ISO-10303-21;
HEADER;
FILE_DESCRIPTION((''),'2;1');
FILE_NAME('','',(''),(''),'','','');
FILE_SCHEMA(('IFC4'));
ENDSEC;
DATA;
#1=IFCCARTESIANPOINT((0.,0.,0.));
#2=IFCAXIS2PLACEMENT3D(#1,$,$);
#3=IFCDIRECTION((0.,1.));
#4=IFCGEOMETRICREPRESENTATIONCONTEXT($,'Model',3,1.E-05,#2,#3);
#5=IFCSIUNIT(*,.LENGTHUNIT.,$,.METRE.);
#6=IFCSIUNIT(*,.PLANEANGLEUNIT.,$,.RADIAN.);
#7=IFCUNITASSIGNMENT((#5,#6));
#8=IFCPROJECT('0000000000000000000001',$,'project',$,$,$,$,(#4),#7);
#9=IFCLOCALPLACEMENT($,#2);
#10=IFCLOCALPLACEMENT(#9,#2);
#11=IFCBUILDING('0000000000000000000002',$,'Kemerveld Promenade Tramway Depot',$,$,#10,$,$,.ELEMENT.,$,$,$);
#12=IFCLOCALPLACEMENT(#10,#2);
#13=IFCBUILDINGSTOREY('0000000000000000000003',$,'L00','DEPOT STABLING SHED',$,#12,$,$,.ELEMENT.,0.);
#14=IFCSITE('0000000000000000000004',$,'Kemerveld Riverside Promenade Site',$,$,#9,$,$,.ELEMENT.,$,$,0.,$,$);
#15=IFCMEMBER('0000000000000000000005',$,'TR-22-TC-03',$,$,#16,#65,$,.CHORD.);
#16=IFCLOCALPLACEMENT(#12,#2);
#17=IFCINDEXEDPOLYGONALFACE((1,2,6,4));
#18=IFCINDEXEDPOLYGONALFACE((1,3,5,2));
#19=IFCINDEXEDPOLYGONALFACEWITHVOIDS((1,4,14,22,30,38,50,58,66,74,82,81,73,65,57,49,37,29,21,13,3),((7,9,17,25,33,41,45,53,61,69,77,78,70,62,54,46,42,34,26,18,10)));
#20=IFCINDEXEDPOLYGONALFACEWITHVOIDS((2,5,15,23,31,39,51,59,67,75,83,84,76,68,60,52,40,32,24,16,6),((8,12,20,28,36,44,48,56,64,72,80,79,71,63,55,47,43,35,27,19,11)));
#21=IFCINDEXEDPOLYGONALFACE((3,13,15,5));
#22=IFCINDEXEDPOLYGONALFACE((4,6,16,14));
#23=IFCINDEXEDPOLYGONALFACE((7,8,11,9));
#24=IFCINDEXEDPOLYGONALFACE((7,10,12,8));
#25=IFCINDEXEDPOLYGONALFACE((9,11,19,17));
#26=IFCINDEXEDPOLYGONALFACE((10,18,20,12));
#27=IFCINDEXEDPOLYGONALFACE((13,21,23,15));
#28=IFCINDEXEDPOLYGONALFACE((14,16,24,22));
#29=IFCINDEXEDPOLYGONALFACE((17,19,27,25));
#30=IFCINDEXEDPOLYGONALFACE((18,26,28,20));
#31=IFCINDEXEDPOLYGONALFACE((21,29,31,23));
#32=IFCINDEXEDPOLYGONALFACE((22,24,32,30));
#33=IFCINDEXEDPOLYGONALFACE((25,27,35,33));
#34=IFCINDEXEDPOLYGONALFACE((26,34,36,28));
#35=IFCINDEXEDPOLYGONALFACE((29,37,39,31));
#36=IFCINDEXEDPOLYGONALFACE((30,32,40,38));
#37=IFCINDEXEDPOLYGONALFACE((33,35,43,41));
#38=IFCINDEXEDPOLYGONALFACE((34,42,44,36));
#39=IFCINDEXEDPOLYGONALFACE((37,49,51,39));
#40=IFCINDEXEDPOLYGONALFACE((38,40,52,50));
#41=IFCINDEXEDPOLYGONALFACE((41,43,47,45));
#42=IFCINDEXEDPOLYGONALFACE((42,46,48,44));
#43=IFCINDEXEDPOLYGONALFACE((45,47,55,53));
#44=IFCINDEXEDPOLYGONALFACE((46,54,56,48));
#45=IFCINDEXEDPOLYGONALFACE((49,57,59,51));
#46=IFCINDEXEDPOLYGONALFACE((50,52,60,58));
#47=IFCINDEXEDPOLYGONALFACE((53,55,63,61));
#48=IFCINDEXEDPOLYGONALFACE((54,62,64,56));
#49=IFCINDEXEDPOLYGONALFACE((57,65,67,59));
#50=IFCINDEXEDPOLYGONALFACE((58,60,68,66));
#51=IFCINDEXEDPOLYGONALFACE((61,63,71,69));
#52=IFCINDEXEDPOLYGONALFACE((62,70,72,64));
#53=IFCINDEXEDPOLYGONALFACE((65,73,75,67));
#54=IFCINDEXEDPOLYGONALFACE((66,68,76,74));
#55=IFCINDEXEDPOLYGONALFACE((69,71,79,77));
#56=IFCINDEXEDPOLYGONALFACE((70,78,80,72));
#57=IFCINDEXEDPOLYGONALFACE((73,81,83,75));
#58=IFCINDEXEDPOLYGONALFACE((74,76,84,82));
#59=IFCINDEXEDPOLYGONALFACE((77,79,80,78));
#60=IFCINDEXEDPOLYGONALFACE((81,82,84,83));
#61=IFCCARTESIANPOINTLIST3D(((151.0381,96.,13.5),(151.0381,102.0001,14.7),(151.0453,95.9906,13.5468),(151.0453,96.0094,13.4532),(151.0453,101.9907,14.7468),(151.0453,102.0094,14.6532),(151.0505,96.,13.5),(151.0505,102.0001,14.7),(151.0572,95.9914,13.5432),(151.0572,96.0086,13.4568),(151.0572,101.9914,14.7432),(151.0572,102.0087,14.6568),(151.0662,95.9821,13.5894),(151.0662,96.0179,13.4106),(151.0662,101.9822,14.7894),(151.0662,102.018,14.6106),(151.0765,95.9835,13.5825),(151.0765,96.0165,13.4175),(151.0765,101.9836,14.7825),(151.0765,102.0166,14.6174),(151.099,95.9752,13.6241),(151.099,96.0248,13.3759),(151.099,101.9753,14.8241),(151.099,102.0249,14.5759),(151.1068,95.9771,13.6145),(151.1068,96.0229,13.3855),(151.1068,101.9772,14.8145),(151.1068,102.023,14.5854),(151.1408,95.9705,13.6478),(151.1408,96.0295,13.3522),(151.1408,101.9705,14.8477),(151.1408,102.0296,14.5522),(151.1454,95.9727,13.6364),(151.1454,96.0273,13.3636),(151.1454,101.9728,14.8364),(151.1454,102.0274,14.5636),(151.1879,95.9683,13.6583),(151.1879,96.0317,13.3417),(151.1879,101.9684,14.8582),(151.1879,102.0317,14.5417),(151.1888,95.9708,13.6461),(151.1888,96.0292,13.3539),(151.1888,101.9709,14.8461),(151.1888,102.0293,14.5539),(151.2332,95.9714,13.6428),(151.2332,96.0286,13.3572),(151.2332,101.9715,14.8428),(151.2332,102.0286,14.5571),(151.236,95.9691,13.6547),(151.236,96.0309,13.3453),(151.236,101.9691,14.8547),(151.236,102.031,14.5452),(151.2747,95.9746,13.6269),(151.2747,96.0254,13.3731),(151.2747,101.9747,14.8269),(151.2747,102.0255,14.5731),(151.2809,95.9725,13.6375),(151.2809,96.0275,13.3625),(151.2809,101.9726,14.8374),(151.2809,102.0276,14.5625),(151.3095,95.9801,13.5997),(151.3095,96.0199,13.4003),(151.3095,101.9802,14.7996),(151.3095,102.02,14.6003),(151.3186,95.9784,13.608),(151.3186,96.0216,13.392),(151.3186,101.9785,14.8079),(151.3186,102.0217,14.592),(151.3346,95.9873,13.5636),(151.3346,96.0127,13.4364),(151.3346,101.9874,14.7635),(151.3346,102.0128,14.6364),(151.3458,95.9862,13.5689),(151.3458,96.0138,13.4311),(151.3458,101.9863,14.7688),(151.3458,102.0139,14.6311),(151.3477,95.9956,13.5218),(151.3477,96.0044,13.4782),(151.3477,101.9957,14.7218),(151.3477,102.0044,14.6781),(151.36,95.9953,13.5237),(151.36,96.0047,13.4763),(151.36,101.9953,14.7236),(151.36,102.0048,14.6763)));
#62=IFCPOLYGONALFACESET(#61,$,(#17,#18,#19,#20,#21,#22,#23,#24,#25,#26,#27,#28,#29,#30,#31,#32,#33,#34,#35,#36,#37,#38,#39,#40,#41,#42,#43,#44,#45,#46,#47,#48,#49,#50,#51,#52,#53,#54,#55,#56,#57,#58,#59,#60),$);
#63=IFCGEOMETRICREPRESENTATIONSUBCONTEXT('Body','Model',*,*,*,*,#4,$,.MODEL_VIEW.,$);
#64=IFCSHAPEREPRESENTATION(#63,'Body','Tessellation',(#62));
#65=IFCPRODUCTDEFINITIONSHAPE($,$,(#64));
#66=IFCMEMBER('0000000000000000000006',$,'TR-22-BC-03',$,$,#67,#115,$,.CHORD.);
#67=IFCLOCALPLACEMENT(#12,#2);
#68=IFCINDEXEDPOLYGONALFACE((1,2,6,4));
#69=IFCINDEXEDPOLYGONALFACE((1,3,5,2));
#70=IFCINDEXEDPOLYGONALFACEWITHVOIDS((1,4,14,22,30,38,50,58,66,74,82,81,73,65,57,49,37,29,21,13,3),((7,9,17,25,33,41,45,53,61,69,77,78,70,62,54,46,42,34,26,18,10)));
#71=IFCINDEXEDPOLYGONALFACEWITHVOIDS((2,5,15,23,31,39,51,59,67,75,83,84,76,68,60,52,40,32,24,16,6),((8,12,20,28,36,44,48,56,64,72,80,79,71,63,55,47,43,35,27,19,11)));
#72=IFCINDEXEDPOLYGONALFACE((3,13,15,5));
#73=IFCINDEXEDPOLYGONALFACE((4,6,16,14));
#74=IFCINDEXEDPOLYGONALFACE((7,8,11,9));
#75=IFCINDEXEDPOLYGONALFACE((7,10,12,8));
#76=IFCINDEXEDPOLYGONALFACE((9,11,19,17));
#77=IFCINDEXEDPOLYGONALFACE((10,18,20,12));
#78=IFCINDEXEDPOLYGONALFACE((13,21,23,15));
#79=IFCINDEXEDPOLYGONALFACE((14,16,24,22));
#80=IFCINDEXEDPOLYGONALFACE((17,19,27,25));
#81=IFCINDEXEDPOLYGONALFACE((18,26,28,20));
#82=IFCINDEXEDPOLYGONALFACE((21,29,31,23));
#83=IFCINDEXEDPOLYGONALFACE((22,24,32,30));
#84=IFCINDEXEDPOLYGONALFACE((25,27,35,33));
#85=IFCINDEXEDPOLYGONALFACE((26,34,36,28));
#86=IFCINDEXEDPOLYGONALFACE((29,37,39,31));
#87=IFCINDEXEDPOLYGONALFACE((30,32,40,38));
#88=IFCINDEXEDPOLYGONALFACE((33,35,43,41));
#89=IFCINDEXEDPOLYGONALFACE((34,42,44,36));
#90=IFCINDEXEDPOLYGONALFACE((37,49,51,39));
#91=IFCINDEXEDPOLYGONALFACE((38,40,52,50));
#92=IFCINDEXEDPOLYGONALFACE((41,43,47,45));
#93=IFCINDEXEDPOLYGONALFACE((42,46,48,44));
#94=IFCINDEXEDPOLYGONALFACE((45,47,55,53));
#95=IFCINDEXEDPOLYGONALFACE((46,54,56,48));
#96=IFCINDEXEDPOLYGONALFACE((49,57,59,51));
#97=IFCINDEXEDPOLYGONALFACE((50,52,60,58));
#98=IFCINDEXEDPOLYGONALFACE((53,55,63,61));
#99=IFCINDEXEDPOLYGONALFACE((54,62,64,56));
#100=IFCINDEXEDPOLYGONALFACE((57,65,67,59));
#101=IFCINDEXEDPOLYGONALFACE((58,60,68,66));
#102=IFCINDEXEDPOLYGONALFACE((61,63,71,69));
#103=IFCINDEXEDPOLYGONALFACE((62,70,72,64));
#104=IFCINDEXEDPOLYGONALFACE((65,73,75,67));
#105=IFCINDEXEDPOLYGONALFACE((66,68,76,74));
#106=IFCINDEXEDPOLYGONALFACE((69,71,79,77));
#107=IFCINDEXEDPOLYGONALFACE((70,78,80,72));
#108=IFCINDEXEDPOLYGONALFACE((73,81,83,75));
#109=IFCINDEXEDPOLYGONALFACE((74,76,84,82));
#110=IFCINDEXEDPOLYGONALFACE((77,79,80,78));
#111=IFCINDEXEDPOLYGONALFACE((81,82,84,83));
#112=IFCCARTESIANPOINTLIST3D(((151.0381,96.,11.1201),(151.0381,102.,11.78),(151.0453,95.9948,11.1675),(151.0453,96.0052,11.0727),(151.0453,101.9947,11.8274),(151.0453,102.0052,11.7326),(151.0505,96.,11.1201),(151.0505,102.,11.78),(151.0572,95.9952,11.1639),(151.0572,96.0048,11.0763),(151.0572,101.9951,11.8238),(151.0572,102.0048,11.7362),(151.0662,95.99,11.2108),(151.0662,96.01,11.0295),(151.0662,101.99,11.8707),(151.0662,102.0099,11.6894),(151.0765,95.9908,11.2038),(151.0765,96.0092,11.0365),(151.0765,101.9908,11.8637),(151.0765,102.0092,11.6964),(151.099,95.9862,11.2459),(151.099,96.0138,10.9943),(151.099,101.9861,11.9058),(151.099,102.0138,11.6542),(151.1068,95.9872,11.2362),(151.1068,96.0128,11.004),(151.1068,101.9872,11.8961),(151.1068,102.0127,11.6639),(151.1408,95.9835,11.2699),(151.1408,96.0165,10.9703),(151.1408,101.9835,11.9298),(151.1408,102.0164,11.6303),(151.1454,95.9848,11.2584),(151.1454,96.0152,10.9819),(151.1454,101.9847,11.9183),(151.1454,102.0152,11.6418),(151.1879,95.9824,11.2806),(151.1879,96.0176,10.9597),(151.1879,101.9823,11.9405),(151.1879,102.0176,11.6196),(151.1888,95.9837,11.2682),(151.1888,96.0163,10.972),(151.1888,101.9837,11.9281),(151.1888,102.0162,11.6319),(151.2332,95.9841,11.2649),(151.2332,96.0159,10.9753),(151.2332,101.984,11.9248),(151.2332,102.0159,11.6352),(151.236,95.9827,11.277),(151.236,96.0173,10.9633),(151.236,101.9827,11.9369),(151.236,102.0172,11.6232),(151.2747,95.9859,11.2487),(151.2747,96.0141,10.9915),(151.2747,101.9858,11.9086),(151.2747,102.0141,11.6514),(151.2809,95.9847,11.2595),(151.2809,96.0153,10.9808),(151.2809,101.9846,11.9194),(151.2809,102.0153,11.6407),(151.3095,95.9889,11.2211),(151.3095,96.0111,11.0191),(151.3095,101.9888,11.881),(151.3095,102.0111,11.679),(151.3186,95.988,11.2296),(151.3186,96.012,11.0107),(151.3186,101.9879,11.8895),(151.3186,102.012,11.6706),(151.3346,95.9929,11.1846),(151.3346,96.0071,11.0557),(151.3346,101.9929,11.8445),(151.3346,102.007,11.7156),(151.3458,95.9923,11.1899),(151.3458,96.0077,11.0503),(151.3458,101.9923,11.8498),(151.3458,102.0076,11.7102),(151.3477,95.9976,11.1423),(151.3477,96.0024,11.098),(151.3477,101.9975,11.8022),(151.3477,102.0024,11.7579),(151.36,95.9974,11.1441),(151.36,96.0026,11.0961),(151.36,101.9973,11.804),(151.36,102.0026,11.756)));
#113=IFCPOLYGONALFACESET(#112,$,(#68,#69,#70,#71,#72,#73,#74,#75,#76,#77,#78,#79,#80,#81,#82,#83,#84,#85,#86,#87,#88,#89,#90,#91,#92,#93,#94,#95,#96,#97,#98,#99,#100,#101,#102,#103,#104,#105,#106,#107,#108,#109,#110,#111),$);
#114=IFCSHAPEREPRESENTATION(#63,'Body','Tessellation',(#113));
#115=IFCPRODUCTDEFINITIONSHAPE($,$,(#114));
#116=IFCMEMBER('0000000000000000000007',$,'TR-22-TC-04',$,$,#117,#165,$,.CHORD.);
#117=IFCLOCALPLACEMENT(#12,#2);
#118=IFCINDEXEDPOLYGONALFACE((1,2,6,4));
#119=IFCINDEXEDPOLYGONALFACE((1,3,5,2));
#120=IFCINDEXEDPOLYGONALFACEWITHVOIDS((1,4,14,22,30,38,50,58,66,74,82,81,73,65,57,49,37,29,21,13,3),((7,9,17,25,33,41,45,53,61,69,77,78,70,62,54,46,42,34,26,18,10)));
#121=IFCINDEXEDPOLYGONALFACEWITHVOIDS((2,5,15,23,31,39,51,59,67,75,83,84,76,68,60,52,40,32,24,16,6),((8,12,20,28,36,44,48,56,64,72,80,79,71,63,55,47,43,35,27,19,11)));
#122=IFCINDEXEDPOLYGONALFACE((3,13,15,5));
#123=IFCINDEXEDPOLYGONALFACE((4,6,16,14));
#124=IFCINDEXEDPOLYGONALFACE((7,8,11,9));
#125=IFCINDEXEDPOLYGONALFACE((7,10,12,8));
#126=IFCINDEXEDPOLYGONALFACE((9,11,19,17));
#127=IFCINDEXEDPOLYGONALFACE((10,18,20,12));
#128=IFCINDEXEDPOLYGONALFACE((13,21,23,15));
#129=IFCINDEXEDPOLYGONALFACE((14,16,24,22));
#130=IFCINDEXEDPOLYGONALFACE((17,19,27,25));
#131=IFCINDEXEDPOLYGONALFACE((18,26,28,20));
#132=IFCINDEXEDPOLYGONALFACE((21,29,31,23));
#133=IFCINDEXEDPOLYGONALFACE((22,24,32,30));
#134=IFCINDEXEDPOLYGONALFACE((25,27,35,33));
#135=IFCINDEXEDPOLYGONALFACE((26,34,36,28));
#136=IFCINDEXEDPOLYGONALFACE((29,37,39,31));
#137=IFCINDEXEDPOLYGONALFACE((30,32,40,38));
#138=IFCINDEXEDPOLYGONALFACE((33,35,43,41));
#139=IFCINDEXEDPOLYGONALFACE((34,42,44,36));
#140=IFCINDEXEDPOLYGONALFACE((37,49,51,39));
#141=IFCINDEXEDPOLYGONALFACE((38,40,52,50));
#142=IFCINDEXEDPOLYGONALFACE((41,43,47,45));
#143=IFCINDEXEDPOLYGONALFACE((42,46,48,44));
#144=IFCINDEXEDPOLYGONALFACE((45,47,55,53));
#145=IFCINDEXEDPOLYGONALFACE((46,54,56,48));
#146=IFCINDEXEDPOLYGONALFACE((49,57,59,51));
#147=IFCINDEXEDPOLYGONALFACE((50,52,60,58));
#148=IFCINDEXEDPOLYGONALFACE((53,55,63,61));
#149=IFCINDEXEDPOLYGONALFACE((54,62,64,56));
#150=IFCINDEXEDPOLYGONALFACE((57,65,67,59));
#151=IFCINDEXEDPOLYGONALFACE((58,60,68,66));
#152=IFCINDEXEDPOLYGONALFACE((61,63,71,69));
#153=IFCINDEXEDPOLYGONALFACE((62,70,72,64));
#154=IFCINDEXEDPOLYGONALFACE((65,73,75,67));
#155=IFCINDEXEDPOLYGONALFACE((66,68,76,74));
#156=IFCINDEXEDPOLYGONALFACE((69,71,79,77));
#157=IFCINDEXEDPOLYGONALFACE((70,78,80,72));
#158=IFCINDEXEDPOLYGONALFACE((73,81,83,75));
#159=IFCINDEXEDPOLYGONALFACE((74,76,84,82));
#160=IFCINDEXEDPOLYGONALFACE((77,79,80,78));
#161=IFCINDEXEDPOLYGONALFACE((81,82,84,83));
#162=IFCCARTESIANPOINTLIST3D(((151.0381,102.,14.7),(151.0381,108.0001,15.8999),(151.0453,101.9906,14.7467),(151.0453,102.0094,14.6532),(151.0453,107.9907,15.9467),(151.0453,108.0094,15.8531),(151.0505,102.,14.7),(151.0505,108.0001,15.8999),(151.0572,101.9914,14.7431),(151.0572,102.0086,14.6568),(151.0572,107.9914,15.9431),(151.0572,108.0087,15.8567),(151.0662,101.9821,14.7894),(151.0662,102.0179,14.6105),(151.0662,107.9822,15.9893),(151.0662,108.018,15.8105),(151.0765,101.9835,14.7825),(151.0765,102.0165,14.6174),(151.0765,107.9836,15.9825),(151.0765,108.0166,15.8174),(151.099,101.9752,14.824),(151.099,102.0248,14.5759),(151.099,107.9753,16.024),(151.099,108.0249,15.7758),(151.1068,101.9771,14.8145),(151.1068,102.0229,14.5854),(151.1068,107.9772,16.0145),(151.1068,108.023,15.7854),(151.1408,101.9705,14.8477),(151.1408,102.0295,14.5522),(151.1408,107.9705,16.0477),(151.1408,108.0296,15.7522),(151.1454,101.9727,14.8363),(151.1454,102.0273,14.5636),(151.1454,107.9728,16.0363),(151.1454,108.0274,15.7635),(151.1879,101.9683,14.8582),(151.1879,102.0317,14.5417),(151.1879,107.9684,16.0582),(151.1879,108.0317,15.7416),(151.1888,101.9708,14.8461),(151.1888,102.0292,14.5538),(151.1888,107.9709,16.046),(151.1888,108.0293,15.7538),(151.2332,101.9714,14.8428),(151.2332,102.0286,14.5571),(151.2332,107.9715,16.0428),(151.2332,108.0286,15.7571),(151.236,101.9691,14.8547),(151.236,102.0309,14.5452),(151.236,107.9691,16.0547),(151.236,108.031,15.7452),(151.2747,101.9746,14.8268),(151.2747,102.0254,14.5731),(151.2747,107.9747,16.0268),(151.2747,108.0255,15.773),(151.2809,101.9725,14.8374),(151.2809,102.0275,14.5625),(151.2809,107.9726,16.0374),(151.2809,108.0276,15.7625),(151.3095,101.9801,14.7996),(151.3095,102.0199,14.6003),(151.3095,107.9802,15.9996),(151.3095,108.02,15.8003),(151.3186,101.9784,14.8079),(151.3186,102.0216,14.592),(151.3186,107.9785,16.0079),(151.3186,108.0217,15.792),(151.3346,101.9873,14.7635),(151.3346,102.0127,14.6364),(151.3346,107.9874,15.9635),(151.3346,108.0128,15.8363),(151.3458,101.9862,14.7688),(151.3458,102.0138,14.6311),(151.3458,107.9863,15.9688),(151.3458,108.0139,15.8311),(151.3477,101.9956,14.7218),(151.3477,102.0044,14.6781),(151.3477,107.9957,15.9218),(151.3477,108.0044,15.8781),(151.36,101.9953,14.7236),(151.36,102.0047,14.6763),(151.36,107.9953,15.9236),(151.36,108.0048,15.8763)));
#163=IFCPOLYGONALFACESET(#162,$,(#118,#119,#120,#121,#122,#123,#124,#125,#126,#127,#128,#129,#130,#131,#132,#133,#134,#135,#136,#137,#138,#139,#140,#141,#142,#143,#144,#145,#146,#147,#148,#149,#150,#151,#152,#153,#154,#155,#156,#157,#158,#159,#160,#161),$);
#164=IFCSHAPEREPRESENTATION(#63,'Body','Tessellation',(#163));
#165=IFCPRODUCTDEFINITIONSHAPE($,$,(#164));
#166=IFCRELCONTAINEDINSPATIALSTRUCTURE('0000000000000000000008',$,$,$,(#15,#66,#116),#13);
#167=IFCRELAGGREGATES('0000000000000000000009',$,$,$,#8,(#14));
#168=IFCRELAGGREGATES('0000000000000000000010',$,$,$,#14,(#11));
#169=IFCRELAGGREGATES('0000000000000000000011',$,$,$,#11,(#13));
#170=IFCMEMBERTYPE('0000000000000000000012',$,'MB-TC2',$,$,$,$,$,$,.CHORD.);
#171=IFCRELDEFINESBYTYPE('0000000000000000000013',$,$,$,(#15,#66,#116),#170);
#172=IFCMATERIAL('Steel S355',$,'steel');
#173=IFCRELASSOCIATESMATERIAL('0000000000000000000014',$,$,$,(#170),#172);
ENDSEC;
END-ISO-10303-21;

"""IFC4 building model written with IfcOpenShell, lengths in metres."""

from ifc_helpers import new_model, si_unit, direction, frame, origin, origin_2d, place, context, subcontext, project, spatial, hollow_circle, extrude, material, material_profile, profile_set, type_object, element, save


model = new_model("IFC4")

# Units and contexts
model_context = context("Model", 3, precision=1e-05, world=origin(), true_north=direction((0.0, 1.0)))
body_context = subcontext(model_context, "Body", "Model", "MODEL_VIEW")
ifc_project = project(units=[si_unit("LENGTHUNIT", "METRE"), si_unit("PLANEANGLEUNIT", "RADIAN")], contexts=[model_context])

# Site, building, storey
site_placement = place(None, origin())
site = spatial("IfcSite", under=ifc_project, at=site_placement, Name="Kemerveld Riverside Promenade Site", CompositionType="ELEMENT", RefElevation=0.0)
building_placement = place(site_placement, origin())
building = spatial("IfcBuilding", under=site, at=building_placement, Name="Kemerveld Promenade Tramway Depot", CompositionType="ELEMENT")
storey_placement = place(building_placement, origin())
storey = spatial("IfcBuildingStorey", under=building, at=storey_placement, Name="L00", Description="DEPOT STABLING SHED", CompositionType="ELEMENT", Elevation=0.0)

# Members
ifc_material_1 = material(Name="Steel S355", Category="steel")
ifc_material_profile_1 = material_profile(ifc_material_1, hollow_circle(Radius=0.1619, WallThickness=0.0125, at=origin_2d()), Name="323.9x12.5 CHS")
ifc_profile_set_1 = profile_set([ifc_material_profile_1], Name="Steel S355")
member_type_1 = type_object("IfcMemberType", Name="MB-TC2", PredefinedType="CHORD", material=ifc_profile_set_1)
member_1_placement = place(storey_placement, frame((151.2, 96.0, 13.5), z_axis=(0.0, 0.980582, 0.196108), x_axis=(-1.0, 0.0, 0.0)))
element("IfcMember", 1, at=member_1_placement, inside=storey, type_object=member_type_1, Name="TR-22-TC-03", PredefinedType="CHORD", context=body_context, shape_type="SweptSolid", body=[
    extrude(hollow_circle(Radius=0.1619, WallThickness=0.0125, at=origin_2d()), origin(), (0.0, 0.0, 1.0), 6.1189),
])
member_2_placement = place(storey_placement, frame((151.2, 96.0, 11.1201), z_axis=(0.0, 0.994006, 0.109326), x_axis=(-1.0, 0.0, 0.0)))
element("IfcMember", 2, at=member_2_placement, inside=storey, type_object=member_type_1, Name="TR-22-BC-03", PredefinedType="CHORD", context=body_context, shape_type="SweptSolid", body=[
    extrude(hollow_circle(Radius=0.1619, WallThickness=0.0125, at=origin_2d()), origin(), (0.0, 0.0, 1.0), 6.0361),
])
member_3_placement = place(storey_placement, frame((151.2, 102.0, 14.7), z_axis=(0.0, 0.980582, 0.196108), x_axis=(-1.0, 0.0, 0.0)))
element("IfcMember", 3, at=member_3_placement, inside=storey, type_object=member_type_1, Name="TR-22-TC-04", PredefinedType="CHORD", context=body_context, shape_type="SweptSolid", body=[
    extrude(hollow_circle(Radius=0.1619, WallThickness=0.0125, at=origin_2d()), origin(), (0.0, 0.0, 1.0), 6.1189),
])

save(model, "model.ifc")
